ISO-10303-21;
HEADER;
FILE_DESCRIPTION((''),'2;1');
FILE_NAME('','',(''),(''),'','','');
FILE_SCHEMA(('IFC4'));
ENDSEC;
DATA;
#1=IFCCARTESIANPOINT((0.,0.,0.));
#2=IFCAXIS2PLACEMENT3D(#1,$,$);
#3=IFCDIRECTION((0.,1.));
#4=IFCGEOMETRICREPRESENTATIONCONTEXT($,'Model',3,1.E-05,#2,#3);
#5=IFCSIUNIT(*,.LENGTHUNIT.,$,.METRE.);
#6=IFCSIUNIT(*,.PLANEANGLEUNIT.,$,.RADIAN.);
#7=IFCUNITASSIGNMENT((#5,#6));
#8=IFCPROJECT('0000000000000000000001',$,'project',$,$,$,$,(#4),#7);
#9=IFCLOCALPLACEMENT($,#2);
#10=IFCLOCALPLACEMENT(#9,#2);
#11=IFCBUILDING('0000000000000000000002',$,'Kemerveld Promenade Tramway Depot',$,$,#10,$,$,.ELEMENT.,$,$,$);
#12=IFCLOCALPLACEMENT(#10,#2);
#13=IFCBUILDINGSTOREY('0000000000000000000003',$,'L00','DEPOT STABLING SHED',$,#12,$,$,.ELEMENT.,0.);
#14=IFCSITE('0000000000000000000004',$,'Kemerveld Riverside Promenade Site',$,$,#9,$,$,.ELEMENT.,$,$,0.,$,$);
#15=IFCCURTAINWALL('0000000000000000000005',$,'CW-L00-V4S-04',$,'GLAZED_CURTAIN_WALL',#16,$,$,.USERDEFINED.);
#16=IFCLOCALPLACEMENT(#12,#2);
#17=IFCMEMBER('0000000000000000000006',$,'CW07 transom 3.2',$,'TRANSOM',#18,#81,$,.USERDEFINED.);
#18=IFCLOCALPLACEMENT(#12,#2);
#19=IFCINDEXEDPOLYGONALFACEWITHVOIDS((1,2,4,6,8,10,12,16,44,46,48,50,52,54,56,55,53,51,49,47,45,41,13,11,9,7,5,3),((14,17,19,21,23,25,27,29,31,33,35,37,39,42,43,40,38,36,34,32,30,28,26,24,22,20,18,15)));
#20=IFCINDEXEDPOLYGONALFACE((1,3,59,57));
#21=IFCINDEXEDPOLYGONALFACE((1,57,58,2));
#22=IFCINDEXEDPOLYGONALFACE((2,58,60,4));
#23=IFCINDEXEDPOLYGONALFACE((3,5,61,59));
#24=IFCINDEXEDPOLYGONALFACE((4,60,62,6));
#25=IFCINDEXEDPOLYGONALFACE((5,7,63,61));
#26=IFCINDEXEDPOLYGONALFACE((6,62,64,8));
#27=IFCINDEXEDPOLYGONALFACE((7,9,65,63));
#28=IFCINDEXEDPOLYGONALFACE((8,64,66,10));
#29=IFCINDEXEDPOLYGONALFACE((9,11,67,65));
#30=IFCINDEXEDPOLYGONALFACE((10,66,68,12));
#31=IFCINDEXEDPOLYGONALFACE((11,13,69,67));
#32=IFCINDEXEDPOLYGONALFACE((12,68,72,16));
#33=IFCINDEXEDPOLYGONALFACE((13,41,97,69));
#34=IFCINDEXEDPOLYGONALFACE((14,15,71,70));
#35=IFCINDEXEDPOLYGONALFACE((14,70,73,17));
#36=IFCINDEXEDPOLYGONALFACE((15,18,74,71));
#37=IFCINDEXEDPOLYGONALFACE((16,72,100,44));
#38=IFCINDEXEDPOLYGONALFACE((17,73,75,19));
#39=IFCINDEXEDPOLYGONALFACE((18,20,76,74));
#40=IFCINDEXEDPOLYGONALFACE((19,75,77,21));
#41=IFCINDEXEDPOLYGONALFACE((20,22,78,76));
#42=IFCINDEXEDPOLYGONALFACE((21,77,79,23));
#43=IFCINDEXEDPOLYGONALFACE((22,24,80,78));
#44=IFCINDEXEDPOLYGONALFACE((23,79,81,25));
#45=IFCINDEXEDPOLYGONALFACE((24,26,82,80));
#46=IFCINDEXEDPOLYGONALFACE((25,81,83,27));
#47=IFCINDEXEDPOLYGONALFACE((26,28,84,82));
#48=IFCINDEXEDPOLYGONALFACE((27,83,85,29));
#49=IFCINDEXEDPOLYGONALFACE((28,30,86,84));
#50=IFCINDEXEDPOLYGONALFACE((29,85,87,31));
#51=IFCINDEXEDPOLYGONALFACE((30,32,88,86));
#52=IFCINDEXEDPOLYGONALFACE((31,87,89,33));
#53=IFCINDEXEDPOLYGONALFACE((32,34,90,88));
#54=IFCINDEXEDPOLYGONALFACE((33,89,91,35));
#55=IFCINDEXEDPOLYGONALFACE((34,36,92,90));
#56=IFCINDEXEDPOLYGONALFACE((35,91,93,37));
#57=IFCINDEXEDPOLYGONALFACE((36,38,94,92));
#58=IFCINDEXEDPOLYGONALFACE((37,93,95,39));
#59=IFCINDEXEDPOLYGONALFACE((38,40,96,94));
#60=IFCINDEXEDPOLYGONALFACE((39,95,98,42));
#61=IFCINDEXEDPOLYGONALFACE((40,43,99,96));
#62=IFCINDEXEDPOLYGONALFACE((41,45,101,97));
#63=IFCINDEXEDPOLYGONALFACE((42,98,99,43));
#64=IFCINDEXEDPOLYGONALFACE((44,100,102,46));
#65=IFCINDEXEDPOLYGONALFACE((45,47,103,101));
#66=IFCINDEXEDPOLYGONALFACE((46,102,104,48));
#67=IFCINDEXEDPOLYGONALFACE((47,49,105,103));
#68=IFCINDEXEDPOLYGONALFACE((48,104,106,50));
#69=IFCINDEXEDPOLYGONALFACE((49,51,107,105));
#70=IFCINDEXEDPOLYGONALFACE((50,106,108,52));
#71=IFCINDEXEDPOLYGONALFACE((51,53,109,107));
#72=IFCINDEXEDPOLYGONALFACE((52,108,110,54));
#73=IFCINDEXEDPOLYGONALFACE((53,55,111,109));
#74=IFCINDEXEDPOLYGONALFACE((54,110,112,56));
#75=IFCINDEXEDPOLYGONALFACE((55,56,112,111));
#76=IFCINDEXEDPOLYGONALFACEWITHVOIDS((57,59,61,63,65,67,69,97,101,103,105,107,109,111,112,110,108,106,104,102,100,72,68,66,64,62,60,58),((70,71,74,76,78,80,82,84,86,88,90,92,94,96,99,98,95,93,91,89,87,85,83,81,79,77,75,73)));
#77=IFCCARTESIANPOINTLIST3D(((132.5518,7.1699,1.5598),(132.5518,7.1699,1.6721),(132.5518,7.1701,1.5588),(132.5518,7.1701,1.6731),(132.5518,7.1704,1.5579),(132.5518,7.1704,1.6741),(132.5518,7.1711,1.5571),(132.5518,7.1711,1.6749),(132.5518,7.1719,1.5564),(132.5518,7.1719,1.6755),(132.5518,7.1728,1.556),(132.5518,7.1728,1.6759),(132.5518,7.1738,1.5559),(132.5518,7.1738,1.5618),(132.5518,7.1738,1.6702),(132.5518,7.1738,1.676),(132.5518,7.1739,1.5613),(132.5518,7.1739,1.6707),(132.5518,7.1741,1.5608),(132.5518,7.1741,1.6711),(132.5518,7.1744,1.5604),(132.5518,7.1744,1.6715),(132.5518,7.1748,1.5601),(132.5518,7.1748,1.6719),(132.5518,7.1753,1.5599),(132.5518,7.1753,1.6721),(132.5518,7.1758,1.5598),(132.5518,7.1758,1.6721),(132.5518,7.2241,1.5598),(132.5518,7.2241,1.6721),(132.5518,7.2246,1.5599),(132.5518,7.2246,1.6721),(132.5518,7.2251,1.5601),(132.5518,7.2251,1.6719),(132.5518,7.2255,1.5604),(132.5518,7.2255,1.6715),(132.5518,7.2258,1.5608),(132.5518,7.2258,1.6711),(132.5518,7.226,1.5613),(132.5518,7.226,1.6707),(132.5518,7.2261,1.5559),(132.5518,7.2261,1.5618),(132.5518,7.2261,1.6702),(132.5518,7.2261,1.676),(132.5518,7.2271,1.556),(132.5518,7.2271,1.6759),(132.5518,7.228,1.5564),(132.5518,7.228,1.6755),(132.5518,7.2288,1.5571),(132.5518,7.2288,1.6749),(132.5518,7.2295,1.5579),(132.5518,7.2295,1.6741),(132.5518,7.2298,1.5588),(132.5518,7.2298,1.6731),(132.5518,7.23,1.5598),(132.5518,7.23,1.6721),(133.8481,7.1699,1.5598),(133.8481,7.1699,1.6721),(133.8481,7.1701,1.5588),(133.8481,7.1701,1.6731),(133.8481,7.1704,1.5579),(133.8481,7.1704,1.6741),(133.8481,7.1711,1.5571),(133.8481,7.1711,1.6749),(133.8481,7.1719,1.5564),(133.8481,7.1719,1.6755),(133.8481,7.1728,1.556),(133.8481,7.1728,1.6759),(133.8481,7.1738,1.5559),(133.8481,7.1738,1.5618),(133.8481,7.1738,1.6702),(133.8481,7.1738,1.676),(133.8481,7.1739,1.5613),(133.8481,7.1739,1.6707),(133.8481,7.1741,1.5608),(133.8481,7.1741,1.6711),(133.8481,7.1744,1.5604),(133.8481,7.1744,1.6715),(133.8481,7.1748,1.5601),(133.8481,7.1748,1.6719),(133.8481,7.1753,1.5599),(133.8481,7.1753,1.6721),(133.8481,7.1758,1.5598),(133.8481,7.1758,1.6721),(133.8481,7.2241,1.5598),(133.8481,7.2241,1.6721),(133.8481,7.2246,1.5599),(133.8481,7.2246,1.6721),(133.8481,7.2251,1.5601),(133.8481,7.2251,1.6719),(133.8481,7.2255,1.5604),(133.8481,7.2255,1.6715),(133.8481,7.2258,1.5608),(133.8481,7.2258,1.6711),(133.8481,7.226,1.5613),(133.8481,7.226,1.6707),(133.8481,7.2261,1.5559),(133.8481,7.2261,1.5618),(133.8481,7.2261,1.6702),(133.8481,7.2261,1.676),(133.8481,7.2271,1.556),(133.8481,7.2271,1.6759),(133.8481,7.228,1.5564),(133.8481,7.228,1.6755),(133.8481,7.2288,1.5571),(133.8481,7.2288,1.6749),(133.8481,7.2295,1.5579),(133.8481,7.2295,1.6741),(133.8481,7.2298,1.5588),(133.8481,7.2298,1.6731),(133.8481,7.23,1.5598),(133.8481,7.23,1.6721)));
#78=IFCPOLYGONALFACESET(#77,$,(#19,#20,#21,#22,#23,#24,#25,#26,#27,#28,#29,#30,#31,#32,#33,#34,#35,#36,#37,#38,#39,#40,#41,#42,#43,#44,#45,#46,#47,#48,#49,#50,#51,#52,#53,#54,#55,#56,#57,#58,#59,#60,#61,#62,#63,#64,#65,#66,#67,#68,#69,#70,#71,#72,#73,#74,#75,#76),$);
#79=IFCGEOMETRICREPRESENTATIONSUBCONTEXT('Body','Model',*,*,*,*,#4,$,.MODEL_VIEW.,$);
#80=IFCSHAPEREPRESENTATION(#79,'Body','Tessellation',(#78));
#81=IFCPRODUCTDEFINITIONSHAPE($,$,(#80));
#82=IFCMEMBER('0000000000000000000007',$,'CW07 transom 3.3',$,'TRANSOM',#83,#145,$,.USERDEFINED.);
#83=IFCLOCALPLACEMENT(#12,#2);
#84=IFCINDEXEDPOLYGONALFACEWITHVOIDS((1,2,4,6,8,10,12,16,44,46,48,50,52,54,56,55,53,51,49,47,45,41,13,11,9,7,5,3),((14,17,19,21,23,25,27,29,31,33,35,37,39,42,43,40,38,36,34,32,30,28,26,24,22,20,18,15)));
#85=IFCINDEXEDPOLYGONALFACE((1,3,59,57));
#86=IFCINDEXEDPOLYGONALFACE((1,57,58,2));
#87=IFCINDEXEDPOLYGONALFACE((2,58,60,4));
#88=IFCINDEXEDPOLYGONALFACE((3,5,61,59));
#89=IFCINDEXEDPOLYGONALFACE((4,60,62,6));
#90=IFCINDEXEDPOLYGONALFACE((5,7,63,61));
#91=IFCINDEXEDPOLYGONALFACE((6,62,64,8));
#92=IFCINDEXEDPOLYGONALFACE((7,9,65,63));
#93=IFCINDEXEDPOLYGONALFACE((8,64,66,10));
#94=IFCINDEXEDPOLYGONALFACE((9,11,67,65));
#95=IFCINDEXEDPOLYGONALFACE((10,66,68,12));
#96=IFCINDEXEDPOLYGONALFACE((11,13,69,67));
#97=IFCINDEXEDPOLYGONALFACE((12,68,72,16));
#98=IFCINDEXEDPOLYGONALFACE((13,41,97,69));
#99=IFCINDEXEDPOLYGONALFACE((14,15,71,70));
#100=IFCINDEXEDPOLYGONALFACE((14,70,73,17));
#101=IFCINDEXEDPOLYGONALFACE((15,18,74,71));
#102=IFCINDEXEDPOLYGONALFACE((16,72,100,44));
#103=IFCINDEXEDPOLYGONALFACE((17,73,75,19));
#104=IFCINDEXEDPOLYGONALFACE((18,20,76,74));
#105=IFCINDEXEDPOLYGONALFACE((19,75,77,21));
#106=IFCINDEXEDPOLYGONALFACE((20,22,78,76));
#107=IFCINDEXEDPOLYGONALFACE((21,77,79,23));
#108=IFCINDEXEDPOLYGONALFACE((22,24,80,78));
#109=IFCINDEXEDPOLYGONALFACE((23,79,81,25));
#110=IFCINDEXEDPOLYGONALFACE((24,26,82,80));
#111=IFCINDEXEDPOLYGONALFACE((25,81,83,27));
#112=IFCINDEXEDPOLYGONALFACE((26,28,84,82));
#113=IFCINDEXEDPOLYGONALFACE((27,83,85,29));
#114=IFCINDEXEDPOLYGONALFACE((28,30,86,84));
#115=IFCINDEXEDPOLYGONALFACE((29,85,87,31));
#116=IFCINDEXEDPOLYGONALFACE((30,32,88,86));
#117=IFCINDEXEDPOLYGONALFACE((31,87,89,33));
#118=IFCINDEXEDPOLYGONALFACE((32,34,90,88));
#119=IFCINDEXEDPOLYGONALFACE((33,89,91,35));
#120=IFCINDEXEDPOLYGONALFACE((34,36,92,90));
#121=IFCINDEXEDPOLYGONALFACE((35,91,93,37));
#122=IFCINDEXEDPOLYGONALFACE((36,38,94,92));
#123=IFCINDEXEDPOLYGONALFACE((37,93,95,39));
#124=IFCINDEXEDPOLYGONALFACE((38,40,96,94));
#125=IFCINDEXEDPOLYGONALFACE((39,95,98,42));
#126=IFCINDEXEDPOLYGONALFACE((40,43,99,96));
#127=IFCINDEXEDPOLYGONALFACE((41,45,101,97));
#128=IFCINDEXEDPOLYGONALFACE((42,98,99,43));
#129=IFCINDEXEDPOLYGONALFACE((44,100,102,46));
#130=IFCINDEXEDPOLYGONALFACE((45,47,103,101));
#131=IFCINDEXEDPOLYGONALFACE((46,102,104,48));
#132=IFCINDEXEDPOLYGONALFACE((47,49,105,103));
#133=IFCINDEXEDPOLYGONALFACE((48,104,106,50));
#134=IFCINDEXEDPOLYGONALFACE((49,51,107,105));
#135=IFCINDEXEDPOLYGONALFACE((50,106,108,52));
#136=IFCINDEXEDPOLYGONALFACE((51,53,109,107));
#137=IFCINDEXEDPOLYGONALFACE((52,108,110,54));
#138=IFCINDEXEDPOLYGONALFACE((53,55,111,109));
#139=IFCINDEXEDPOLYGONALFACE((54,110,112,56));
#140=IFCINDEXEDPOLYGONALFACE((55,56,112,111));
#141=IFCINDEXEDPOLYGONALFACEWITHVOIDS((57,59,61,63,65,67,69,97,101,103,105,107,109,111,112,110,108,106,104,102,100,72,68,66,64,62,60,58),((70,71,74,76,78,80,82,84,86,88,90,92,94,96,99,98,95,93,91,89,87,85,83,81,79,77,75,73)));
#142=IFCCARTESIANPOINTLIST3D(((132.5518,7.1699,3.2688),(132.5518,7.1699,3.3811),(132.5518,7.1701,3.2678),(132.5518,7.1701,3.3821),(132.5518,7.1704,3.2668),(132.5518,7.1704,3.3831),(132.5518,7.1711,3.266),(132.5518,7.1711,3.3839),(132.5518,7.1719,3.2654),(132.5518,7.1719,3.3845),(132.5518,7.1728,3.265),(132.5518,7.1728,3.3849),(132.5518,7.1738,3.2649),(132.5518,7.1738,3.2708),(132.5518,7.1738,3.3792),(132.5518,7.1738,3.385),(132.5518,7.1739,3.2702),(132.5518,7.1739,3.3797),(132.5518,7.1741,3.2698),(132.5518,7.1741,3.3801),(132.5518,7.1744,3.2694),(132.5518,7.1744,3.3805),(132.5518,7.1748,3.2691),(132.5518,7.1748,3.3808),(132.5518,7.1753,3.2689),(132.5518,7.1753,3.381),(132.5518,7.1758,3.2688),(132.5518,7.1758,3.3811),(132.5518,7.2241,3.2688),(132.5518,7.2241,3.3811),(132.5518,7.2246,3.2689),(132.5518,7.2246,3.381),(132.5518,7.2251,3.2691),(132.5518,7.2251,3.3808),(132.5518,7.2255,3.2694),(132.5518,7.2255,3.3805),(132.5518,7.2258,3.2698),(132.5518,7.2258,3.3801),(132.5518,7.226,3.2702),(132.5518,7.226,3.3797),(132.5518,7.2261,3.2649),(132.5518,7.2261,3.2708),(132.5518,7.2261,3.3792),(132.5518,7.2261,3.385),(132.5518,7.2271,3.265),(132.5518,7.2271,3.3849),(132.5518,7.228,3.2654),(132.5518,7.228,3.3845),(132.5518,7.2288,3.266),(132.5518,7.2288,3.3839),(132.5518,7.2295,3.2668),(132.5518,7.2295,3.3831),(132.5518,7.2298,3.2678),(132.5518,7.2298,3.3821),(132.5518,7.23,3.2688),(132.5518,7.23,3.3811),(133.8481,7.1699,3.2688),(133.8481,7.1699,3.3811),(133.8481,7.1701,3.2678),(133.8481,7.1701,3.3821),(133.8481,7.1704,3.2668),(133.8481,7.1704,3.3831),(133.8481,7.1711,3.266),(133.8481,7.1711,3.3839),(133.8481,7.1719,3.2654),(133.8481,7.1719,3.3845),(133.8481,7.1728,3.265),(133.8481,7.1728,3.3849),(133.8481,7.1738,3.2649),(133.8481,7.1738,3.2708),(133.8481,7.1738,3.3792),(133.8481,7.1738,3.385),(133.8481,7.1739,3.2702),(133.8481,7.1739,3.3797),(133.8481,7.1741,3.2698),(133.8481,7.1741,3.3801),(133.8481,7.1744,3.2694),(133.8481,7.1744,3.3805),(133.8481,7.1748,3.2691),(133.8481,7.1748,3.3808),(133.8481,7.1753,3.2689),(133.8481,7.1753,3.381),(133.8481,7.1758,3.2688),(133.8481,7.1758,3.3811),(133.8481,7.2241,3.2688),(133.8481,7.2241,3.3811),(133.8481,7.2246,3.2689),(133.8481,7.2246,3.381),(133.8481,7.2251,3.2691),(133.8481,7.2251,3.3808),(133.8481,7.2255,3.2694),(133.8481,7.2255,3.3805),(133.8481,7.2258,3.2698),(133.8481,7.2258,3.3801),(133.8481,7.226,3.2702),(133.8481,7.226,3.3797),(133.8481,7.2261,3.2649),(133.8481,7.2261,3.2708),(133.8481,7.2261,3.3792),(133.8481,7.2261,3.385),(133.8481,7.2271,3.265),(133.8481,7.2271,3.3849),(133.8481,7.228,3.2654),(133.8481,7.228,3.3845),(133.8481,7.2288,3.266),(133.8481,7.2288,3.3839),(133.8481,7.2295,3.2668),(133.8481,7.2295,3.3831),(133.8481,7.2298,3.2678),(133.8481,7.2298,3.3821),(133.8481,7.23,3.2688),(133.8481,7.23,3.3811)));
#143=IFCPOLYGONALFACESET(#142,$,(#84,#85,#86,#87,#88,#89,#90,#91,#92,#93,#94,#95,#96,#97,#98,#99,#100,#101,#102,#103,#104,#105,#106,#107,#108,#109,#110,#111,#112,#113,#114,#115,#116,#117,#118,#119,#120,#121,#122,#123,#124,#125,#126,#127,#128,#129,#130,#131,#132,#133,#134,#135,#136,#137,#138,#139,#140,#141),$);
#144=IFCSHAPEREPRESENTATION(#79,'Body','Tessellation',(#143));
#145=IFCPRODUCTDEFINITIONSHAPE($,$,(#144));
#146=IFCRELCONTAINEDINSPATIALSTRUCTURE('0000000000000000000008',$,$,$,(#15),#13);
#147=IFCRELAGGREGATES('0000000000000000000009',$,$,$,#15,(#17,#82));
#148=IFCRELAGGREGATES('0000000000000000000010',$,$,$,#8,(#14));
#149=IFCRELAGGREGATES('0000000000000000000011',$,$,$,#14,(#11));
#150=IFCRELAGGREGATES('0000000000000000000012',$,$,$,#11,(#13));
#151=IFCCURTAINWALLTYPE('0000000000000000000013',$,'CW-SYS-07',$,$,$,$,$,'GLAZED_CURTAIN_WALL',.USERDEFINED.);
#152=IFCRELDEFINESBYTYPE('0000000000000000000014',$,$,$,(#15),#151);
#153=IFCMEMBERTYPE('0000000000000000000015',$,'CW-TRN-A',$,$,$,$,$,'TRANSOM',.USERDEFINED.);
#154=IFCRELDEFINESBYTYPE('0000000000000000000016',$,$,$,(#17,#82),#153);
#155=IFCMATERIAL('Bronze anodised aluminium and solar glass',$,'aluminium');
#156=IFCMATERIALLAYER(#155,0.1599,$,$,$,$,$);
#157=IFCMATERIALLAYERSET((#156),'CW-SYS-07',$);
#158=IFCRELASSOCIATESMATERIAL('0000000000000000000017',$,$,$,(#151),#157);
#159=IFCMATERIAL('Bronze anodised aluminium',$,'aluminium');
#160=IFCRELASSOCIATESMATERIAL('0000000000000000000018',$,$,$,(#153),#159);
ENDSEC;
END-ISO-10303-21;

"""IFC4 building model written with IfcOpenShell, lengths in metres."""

from ifc_helpers import new_model, si_unit, direction, frame, origin, origin_2d, place, context, subcontext, project, spatial, hollow_rectangle, extrude, material, layer, layer_set, material_profile, profile_set, type_object, element, aggregate, save


model = new_model("IFC4")

# Units and contexts
model_context = context("Model", 3, precision=1e-05, world=origin(), true_north=direction((0.0, 1.0)))
body_context = subcontext(model_context, "Body", "Model", "MODEL_VIEW")
ifc_project = project(units=[si_unit("LENGTHUNIT", "METRE"), si_unit("PLANEANGLEUNIT", "RADIAN")], contexts=[model_context])

# Site, building, storey
site_placement = place(None, origin())
site = spatial("IfcSite", under=ifc_project, at=site_placement, Name="Kemerveld Riverside Promenade Site", CompositionType="ELEMENT", RefElevation=0.0)
building_placement = place(site_placement, origin())
building = spatial("IfcBuilding", under=site, at=building_placement, Name="Kemerveld Promenade Tramway Depot", CompositionType="ELEMENT")
storey_placement = place(building_placement, origin())
storey = spatial("IfcBuildingStorey", under=building, at=storey_placement, Name="L00", Description="DEPOT STABLING SHED", CompositionType="ELEMENT", Elevation=0.0)

# Curtain wall, members
ifc_material_1 = material(Name="Bronze anodised aluminium and solar glass", Category="aluminium")
ifc_layer_1 = layer(ifc_material_1, 0.1599)
ifc_layer_set_1 = layer_set([ifc_layer_1], Name="CW-SYS-07")
curtain_wall_type = type_object("IfcCurtainWallType", Name="CW-SYS-07", ElementType="GLAZED_CURTAIN_WALL", PredefinedType="USERDEFINED", material=ifc_layer_set_1)
curtain_wall_placement = place(storey_placement, origin())
curtain_wall = element("IfcCurtainWall", 1, at=curtain_wall_placement, inside=storey, type_object=curtain_wall_type, Name="CW-L00-V4S-04", ObjectType="GLAZED_CURTAIN_WALL", PredefinedType="USERDEFINED")
ifc_material_2 = material(Name="Bronze anodised aluminium", Category="aluminium")
ifc_material_profile_1 = material_profile(ifc_material_2, hollow_rectangle(XDim=0.0601, YDim=0.1201, WallThickness=0.0039, InnerFilletRadius=0.002, OuterFilletRadius=0.0039, at=origin_2d()), Name="CW-TRN-120x60")
ifc_profile_set_1 = profile_set([ifc_material_profile_1], Name="Bronze anodised aluminium")
member_type_1 = type_object("IfcMemberType", Name="CW-TRN-A", ElementType="TRANSOM", PredefinedType="USERDEFINED", material=ifc_profile_set_1)
member_1_placement = place(storey_placement, frame((133.8481, 7.2, 1.616), z_axis=(-1.0, 0.0, 0.0), x_axis=(0.0, -1.0, 0.0)))
member_1 = element("IfcMember", 2, at=member_1_placement, type_object=member_type_1, Name="CW07 transom 3.2", ObjectType="TRANSOM", PredefinedType="USERDEFINED", context=body_context, shape_type="SweptSolid", body=[
    extrude(hollow_rectangle(XDim=0.0601, YDim=0.1201, WallThickness=0.0039, InnerFilletRadius=0.002, OuterFilletRadius=0.0039, at=origin_2d()), origin(), (0.0, 0.0, 1.0), 1.2964),
])
member_2_placement = place(storey_placement, frame((133.8481, 7.2, 3.325), z_axis=(-1.0, 0.0, 0.0), x_axis=(0.0, -1.0, 0.0)))
member_2 = element("IfcMember", 3, at=member_2_placement, type_object=member_type_1, Name="CW07 transom 3.3", ObjectType="TRANSOM", PredefinedType="USERDEFINED", context=body_context, shape_type="SweptSolid", body=[
    extrude(hollow_rectangle(XDim=0.0601, YDim=0.1201, WallThickness=0.0039, InnerFilletRadius=0.002, OuterFilletRadius=0.0039, at=origin_2d()), origin(), (0.0, 0.0, 1.0), 1.2964),
])
aggregate(curtain_wall, [member_1, member_2])

save(model, "model.ifc")
